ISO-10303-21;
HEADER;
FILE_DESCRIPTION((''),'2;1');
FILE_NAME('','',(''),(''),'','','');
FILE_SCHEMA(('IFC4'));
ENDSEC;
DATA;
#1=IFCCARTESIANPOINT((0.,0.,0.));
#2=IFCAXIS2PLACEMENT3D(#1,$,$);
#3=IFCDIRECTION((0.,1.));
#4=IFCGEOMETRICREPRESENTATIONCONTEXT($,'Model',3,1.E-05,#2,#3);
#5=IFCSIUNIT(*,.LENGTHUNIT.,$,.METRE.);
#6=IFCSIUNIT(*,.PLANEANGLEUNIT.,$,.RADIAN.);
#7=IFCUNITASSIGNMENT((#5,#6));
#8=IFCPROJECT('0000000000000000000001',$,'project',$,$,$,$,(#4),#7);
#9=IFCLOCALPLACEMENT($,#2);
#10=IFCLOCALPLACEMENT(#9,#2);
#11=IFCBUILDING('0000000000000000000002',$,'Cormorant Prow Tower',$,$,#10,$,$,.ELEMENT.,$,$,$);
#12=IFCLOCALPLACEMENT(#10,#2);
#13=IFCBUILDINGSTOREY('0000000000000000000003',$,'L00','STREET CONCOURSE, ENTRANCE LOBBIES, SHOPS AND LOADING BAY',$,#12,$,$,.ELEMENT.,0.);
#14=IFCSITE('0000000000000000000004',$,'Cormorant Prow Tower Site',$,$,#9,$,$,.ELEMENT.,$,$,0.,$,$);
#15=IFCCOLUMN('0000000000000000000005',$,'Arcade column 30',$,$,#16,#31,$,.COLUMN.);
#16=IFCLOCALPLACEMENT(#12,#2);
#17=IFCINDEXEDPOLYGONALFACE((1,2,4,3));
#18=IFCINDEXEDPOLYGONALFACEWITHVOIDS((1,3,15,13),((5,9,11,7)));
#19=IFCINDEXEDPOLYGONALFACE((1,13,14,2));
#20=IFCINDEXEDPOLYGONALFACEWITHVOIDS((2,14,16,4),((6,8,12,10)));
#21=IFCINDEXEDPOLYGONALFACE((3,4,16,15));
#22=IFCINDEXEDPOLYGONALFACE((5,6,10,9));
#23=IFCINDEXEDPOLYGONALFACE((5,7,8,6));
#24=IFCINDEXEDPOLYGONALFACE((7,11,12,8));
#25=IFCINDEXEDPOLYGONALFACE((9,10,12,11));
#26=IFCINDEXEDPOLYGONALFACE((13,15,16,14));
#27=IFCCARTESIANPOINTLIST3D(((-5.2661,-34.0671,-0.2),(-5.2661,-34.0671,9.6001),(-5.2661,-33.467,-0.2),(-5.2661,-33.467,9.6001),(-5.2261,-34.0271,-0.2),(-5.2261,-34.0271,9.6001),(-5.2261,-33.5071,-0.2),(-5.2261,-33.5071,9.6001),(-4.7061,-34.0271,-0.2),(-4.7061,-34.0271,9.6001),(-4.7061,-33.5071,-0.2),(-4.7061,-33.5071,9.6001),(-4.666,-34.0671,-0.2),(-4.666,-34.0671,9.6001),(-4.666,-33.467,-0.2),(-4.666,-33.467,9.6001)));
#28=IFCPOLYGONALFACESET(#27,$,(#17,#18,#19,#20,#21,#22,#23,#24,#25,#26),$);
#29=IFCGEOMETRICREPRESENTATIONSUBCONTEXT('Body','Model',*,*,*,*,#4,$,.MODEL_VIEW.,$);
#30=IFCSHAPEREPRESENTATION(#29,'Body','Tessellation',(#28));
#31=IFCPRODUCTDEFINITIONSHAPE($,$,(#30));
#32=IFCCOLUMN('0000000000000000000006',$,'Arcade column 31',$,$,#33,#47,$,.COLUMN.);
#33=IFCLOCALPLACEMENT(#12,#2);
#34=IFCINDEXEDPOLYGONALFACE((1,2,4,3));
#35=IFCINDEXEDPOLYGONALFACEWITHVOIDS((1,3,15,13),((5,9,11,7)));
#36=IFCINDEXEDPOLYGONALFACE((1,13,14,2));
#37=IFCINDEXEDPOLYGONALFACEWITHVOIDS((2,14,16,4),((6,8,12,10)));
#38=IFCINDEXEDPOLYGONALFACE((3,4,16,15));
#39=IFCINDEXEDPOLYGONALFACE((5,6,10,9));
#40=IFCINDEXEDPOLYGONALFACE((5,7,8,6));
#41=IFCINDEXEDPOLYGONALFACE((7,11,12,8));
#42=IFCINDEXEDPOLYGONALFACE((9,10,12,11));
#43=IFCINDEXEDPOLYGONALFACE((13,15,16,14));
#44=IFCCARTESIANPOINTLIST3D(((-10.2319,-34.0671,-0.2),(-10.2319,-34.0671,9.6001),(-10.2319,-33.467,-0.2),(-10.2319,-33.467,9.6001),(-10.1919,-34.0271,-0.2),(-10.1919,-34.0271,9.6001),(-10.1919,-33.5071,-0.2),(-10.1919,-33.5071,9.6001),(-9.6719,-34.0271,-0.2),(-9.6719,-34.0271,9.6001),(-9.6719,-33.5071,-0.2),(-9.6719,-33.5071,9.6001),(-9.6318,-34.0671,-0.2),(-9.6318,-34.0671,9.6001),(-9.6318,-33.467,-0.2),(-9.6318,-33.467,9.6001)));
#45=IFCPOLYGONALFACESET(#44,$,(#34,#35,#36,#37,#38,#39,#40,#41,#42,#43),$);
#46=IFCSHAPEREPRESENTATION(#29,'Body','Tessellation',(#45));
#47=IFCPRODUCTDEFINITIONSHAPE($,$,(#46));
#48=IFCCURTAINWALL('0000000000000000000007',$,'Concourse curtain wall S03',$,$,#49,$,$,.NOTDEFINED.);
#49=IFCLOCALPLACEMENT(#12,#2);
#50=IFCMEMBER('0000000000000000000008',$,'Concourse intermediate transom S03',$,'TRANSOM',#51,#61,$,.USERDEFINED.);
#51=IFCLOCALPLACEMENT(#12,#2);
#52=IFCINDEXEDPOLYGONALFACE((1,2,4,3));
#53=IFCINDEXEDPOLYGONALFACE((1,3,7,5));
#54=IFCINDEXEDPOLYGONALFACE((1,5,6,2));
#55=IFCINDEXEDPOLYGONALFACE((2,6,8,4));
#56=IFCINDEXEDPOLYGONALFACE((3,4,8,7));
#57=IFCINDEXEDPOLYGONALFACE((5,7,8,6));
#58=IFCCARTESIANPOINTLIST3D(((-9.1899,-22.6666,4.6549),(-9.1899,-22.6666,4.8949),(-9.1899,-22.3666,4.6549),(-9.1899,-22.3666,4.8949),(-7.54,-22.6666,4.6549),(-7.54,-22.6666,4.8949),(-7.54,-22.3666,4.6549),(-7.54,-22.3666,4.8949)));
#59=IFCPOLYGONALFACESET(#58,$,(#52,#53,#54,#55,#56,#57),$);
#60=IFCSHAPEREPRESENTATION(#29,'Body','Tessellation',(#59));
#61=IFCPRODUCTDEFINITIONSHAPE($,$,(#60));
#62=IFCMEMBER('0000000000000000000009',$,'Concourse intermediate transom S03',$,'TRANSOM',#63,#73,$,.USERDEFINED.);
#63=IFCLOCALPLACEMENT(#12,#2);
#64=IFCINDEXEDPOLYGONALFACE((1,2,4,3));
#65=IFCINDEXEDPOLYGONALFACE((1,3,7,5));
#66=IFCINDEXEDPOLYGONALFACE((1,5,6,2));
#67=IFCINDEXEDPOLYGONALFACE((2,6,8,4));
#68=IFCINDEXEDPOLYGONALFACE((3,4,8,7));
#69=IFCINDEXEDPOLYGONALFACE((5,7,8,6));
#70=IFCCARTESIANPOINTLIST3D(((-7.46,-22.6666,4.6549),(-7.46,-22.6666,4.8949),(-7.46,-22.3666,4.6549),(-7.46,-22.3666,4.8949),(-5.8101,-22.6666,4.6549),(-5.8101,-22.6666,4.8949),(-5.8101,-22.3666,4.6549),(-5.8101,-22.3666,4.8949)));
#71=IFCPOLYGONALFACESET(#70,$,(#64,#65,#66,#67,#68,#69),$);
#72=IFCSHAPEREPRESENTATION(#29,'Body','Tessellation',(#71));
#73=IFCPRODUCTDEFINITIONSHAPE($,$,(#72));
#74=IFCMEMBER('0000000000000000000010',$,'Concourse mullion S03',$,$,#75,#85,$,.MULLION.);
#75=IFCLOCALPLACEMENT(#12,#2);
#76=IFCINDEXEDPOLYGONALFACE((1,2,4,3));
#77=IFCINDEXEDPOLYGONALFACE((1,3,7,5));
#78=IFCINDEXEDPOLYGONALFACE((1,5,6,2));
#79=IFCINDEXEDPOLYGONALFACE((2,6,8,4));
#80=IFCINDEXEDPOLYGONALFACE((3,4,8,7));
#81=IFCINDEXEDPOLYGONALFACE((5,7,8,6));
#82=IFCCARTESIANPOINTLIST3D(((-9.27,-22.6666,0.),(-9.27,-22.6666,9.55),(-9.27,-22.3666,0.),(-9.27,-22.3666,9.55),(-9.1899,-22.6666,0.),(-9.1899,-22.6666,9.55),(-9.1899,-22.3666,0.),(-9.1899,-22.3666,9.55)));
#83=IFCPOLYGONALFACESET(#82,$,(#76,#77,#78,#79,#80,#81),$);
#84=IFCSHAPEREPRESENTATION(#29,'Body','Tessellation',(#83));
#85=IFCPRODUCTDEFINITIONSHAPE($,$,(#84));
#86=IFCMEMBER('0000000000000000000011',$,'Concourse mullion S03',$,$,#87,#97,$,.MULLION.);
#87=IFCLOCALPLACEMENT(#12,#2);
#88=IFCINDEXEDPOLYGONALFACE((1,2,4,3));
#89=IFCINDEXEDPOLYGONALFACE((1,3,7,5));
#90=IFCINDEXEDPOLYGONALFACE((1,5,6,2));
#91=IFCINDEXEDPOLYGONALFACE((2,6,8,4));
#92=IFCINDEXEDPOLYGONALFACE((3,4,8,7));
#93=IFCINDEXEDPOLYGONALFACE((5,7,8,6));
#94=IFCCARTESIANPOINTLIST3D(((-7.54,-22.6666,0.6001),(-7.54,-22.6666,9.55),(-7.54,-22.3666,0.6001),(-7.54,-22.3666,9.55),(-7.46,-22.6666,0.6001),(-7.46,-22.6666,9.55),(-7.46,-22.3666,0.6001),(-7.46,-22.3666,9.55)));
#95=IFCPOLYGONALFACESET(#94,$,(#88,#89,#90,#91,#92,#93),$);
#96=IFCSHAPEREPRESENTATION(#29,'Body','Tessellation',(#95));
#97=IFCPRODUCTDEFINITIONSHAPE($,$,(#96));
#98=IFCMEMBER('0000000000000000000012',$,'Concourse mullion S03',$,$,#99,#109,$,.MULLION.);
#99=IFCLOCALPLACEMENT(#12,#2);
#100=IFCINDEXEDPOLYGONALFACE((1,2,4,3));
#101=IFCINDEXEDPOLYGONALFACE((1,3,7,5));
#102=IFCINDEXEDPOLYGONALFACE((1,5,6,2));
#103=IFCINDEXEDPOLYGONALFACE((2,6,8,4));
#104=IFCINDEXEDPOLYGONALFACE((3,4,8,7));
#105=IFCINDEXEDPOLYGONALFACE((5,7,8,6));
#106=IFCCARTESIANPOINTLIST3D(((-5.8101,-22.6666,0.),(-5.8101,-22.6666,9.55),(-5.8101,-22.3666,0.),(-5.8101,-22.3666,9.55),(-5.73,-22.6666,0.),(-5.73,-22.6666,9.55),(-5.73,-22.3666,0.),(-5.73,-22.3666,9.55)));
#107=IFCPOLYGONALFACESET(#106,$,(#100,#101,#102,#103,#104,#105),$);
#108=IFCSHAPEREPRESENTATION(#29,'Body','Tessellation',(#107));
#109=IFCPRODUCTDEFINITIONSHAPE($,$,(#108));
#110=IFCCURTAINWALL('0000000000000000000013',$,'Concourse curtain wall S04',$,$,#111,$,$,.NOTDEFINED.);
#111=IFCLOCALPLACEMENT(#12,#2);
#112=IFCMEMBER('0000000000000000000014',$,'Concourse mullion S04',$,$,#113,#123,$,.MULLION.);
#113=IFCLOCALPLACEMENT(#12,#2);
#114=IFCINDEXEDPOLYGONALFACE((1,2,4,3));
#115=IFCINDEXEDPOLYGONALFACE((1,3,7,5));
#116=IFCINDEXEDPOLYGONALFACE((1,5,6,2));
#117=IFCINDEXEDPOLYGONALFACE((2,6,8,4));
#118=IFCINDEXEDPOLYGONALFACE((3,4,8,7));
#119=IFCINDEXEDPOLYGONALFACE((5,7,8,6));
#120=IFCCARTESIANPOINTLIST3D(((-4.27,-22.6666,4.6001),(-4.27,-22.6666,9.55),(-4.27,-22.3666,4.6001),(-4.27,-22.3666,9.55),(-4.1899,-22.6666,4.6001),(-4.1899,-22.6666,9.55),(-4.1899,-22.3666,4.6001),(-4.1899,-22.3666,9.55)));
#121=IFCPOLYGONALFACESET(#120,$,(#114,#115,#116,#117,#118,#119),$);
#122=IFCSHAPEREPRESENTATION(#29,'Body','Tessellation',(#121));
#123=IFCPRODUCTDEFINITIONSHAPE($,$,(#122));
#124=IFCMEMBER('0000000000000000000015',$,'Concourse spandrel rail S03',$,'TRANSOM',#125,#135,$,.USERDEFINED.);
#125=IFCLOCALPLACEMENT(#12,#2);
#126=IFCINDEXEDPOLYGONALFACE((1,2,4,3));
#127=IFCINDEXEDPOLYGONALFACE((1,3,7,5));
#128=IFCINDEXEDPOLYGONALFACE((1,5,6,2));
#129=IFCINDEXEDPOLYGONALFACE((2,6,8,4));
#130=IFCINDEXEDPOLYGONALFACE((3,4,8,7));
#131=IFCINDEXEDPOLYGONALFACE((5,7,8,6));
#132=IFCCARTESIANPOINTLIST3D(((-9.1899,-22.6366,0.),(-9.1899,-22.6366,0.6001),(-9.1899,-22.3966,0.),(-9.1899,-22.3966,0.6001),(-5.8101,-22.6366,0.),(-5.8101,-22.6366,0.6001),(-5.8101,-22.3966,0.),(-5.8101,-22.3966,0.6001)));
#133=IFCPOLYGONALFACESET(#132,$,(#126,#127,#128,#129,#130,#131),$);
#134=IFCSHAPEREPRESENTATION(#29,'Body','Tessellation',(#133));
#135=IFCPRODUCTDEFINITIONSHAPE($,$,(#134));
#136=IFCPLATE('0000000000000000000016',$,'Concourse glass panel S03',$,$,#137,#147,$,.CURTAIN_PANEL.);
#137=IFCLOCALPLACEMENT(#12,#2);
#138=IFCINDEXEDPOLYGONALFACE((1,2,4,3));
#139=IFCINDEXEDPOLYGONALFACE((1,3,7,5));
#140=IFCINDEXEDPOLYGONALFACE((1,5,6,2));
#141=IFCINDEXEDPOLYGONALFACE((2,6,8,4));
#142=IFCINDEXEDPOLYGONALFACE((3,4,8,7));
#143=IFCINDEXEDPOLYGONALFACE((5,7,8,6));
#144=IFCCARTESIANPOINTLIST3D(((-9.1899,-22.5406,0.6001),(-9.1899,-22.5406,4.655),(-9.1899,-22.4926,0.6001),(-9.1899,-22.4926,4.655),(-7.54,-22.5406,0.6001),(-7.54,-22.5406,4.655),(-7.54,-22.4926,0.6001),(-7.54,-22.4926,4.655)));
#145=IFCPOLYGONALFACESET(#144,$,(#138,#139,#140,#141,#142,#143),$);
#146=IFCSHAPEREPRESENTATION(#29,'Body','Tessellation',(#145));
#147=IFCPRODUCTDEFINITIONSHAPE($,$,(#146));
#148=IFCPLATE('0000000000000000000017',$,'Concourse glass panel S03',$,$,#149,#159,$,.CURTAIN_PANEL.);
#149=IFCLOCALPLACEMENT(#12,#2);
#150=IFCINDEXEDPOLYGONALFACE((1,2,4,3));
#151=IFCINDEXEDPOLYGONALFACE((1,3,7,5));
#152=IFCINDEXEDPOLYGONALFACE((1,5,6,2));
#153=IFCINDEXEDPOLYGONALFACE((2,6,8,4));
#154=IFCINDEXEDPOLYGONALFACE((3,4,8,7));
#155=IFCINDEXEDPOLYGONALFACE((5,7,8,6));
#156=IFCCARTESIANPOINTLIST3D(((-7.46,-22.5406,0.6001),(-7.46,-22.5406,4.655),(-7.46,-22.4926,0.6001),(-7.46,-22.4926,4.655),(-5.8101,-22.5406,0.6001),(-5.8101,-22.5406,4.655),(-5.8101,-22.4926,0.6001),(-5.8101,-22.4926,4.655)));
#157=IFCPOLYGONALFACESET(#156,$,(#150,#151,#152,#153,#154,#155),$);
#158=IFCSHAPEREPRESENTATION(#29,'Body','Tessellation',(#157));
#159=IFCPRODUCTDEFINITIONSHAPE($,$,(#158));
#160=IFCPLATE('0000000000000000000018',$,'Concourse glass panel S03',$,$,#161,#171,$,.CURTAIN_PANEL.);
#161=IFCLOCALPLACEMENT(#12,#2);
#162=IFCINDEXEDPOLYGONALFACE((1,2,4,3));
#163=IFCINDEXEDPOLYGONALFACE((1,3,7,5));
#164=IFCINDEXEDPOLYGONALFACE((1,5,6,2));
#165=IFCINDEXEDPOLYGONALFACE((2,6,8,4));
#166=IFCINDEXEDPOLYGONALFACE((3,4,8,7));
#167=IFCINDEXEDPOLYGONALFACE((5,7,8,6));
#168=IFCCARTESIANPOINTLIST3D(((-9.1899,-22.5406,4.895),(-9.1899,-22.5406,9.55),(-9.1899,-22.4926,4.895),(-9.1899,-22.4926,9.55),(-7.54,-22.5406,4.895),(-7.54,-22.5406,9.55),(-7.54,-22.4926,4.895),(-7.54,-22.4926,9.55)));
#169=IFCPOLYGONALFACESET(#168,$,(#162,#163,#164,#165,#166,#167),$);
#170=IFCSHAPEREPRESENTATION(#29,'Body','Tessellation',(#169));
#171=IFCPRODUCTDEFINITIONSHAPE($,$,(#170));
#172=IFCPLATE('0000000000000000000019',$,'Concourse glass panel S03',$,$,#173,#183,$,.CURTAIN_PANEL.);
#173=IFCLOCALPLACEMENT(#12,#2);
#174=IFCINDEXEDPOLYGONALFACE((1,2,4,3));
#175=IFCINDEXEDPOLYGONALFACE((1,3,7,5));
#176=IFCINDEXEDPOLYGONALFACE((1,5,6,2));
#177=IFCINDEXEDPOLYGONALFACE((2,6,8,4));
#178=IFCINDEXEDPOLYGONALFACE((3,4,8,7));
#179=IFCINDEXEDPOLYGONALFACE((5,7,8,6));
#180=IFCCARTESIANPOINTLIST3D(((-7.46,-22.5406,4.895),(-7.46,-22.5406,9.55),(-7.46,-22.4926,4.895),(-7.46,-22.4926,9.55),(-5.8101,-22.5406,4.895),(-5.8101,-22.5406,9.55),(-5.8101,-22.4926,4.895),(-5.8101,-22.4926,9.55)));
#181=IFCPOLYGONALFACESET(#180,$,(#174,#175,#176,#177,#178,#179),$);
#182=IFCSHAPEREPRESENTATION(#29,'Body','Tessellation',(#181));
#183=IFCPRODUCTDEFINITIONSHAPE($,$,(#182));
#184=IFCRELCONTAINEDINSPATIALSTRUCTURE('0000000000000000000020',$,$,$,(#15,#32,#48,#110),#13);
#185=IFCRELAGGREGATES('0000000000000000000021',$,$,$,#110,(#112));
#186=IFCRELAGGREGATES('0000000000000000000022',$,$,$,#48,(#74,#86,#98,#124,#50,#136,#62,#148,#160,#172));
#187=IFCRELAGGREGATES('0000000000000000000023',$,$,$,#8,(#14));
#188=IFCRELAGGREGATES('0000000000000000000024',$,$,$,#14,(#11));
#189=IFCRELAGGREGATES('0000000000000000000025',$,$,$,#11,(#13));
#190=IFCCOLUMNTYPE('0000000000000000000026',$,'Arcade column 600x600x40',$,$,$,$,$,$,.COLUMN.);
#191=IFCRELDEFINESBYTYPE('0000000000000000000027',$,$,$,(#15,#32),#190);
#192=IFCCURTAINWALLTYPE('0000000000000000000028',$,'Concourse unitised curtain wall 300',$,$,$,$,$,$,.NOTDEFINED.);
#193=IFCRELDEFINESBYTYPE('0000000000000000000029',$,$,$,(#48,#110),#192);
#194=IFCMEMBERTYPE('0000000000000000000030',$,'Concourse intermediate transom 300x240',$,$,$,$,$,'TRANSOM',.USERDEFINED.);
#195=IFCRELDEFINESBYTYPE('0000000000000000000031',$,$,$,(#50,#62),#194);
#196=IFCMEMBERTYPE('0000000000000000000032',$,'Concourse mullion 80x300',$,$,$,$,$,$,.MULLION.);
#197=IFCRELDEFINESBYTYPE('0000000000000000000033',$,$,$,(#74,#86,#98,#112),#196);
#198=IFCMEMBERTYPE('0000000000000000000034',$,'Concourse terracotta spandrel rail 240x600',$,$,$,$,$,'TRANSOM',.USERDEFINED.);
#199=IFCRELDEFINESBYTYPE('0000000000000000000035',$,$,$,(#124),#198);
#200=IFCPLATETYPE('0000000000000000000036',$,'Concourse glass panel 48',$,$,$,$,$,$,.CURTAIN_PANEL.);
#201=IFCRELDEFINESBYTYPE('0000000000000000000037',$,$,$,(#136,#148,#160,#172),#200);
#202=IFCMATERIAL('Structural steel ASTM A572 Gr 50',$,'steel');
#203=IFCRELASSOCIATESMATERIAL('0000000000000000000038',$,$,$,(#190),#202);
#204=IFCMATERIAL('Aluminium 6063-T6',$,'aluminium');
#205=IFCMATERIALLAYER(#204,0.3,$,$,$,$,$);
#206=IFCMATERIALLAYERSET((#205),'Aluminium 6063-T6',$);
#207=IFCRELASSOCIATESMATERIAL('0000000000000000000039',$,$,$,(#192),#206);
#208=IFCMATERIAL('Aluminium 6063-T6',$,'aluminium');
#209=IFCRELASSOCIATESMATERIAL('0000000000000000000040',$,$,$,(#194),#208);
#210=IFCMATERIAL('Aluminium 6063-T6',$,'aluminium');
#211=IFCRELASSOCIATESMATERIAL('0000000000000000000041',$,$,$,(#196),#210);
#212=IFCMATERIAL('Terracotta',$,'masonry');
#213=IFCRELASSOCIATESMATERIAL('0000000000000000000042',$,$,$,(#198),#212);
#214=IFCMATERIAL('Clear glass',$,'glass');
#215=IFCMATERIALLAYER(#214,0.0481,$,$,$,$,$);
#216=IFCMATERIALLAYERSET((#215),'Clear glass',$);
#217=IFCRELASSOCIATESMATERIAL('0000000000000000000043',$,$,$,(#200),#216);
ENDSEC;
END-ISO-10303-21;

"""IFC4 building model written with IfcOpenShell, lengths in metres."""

from ifc_helpers import new_model, si_unit, direction, frame, origin, origin_2d, place, context, subcontext, project, spatial, rectangle, hollow_rectangle, extrude, material, layer, layer_set, material_profile, profile_set, type_object, element, aggregate, save


model = new_model("IFC4")

# Units and contexts
model_context = context("Model", 3, precision=1e-05, world=origin(), true_north=direction((0.0, 1.0)))
body_context = subcontext(model_context, "Body", "Model", "MODEL_VIEW")
ifc_project = project(units=[si_unit("LENGTHUNIT", "METRE"), si_unit("PLANEANGLEUNIT", "RADIAN")], contexts=[model_context])

# Site, building, storey
site_placement = place(None, origin())
site = spatial("IfcSite", under=ifc_project, at=site_placement, Name="Cormorant Prow Tower Site", CompositionType="ELEMENT", RefElevation=0.0)
building_placement = place(site_placement, origin())
building = spatial("IfcBuilding", under=site, at=building_placement, Name="Cormorant Prow Tower", CompositionType="ELEMENT")
storey_placement = place(building_placement, origin())
storey = spatial("IfcBuildingStorey", under=building, at=storey_placement, Name="L00", Description="STREET CONCOURSE, ENTRANCE LOBBIES, SHOPS AND LOADING BAY", CompositionType="ELEMENT", Elevation=0.0)

# Columns
ifc_material_1 = material(Name="Structural steel ASTM A572 Gr 50", Category="steel")
ifc_material_profile_1 = material_profile(ifc_material_1, hollow_rectangle(XDim=0.6001, YDim=0.6001, WallThickness=0.04, at=origin_2d()), Name="Box 600x600x40")
ifc_profile_set_1 = profile_set([ifc_material_profile_1], Name="Structural steel ASTM A572 Gr 50")
column_type = type_object("IfcColumnType", Name="Arcade column 600x600x40", PredefinedType="COLUMN", material=ifc_profile_set_1)
for number, where, z_axis, x_axis, name in (
    (1, (-4.9661, -33.7671, -0.2), (0.0, 0.0, 1.0), (1.0, 0.0, 0.0), "Arcade column 30"),
    (2, (-9.9319, -33.7671, -0.2), (0.0, 0.0, 1.0), (1.0, 0.0, 0.0), "Arcade column 31"),
):
    element("IfcColumn", number, at=place(storey_placement, frame(where, z_axis=z_axis, x_axis=x_axis)), inside=storey, type_object=column_type, Name=name, PredefinedType="COLUMN", context=body_context, shape_type="SweptSolid", body=[
        extrude(hollow_rectangle(XDim=0.6001, YDim=0.6001, WallThickness=0.04, at=origin_2d()), origin(), (0.0, 0.0, 1.0), 9.8),
    ])

# Curtain wall, members
ifc_material_2 = material(Name="Aluminium 6063-T6", Category="aluminium")
ifc_layer_1 = layer(ifc_material_2, 0.3)
ifc_layer_set_1 = layer_set([ifc_layer_1], Name="Aluminium 6063-T6")
curtain_wall_type = type_object("IfcCurtainWallType", Name="Concourse unitised curtain wall 300", PredefinedType="NOTDEFINED", material=ifc_layer_set_1)
curtain_wall_1_placement = place(storey_placement, origin())
curtain_wall_1 = element("IfcCurtainWall", 3, at=curtain_wall_1_placement, inside=storey, type_object=curtain_wall_type, Name="Concourse curtain wall S03", PredefinedType="NOTDEFINED")
ifc_material_3 = material(Name="Aluminium 6063-T6", Category="aluminium")
ifc_material_profile_2 = material_profile(ifc_material_3, rectangle(XDim=0.3, YDim=0.24, at=origin_2d()), Name="Concourse intermediate transom 300x240")
ifc_profile_set_2 = profile_set([ifc_material_profile_2], Name="Aluminium 6063-T6")
member_type_1 = type_object("IfcMemberType", Name="Concourse intermediate transom 300x240", ElementType="TRANSOM", PredefinedType="USERDEFINED", material=ifc_profile_set_2)
member_1_placement = place(storey_placement, frame((-9.1899, -22.5166, 4.7749), z_axis=(1.0, 0.0, 0.0), x_axis=(0.0, 1.0, 0.0)))
member_1 = element("IfcMember", 4, at=member_1_placement, type_object=member_type_1, Name="Concourse intermediate transom S03", ObjectType="TRANSOM", PredefinedType="USERDEFINED", context=body_context, shape_type="SweptSolid", body=[
    extrude(rectangle(XDim=0.3, YDim=0.24, at=origin_2d()), origin(), (0.0, 0.0, 1.0), 1.6499),
])
member_2_placement = place(storey_placement, frame((-7.46, -22.5166, 4.7749), z_axis=(1.0, 0.0, 0.0), x_axis=(0.0, 1.0, 0.0)))
member_2 = element("IfcMember", 5, at=member_2_placement, type_object=member_type_1, Name="Concourse intermediate transom S03", ObjectType="TRANSOM", PredefinedType="USERDEFINED", context=body_context, shape_type="SweptSolid", body=[
    extrude(rectangle(XDim=0.3, YDim=0.24, at=origin_2d()), origin(), (0.0, 0.0, 1.0), 1.6499),
])
ifc_material_4 = material(Name="Aluminium 6063-T6", Category="aluminium")
ifc_material_profile_3 = material_profile(ifc_material_4, rectangle(XDim=0.3, YDim=0.0801, at=origin_2d()), Name="Concourse mullion 80x300")
ifc_profile_set_3 = profile_set([ifc_material_profile_3], Name="Aluminium 6063-T6")
member_type_2 = type_object("IfcMemberType", Name="Concourse mullion 80x300", PredefinedType="MULLION", material=ifc_profile_set_3)
member_3_placement = place(storey_placement, frame((-9.23, -22.5166, 0.0), z_axis=(0.0, 0.0, 1.0), x_axis=(0.0, 1.0, 0.0)))
member_3 = element("IfcMember", 6, at=member_3_placement, type_object=member_type_2, Name="Concourse mullion S03", PredefinedType="MULLION", context=body_context, shape_type="SweptSolid", body=[
    extrude(rectangle(XDim=0.3, YDim=0.0801, at=origin_2d()), origin(), (0.0, 0.0, 1.0), 9.55),
])
member_4_placement = place(storey_placement, frame((-7.5, -22.5166, 0.6001), z_axis=(0.0, 0.0, 1.0), x_axis=(0.0, 1.0, 0.0)))
member_4 = element("IfcMember", 7, at=member_4_placement, type_object=member_type_2, Name="Concourse mullion S03", PredefinedType="MULLION", context=body_context, shape_type="SweptSolid", body=[
    extrude(rectangle(XDim=0.3, YDim=0.0801, at=origin_2d()), origin(), (0.0, 0.0, 1.0), 8.95),
])
member_5_placement = place(storey_placement, frame((-5.77, -22.5166, 0.0), z_axis=(0.0, 0.0, 1.0), x_axis=(0.0, 1.0, 0.0)))
member_5 = element("IfcMember", 8, at=member_5_placement, type_object=member_type_2, Name="Concourse mullion S03", PredefinedType="MULLION", context=body_context, shape_type="SweptSolid", body=[
    extrude(rectangle(XDim=0.3, YDim=0.0801, at=origin_2d()), origin(), (0.0, 0.0, 1.0), 9.55),
])

# Curtain wall, member
curtain_wall_2_placement = place(storey_placement, origin())
curtain_wall_2 = element("IfcCurtainWall", 9, at=curtain_wall_2_placement, inside=storey, type_object=curtain_wall_type, Name="Concourse curtain wall S04", PredefinedType="NOTDEFINED")
member_6_placement = place(storey_placement, frame((-4.23, -22.5166, 4.6001), z_axis=(0.0, 0.0, 1.0), x_axis=(0.0, 1.0, 0.0)))
member_6 = element("IfcMember", 10, at=member_6_placement, type_object=member_type_2, Name="Concourse mullion S04", PredefinedType="MULLION", context=body_context, shape_type="SweptSolid", body=[
    extrude(rectangle(XDim=0.3, YDim=0.0801, at=origin_2d()), origin(), (0.0, 0.0, 1.0), 4.95),
])
aggregate(curtain_wall_2, [member_6])

# Member
ifc_material_5 = material(Name="Terracotta", Category="masonry")
ifc_material_profile_4 = material_profile(ifc_material_5, rectangle(XDim=0.24, YDim=0.6001, at=origin_2d()), Name="Concourse terracotta spandrel rail 240x600")
ifc_profile_set_4 = profile_set([ifc_material_profile_4], Name="Terracotta")
member_type_3 = type_object("IfcMemberType", Name="Concourse terracotta spandrel rail 240x600", ElementType="TRANSOM", PredefinedType="USERDEFINED", material=ifc_profile_set_4)
member_7_placement = place(storey_placement, frame((-9.1899, -22.5166, 0.3), z_axis=(1.0, 0.0, 0.0), x_axis=(0.0, 1.0, 0.0)))
member_7 = element("IfcMember", 11, at=member_7_placement, type_object=member_type_3, Name="Concourse spandrel rail S03", ObjectType="TRANSOM", PredefinedType="USERDEFINED", context=body_context, shape_type="SweptSolid", body=[
    extrude(rectangle(XDim=0.24, YDim=0.6001, at=origin_2d()), origin(), (0.0, 0.0, 1.0), 3.3799),
])

# Plates
ifc_material_6 = material(Name="Clear glass", Category="glass")
ifc_layer_2 = layer(ifc_material_6, 0.0481)
ifc_layer_set_2 = layer_set([ifc_layer_2], Name="Clear glass")
plate_type = type_object("IfcPlateType", Name="Concourse glass panel 48", PredefinedType="CURTAIN_PANEL", material=ifc_layer_set_2)
plate_1_placement = place(storey_placement, frame((-8.365, -22.5166, 0.6001), z_axis=(0.0, 0.0, 1.0), x_axis=(1.0, 0.0, 0.0)))
plate_1 = element("IfcPlate", 12, at=plate_1_placement, type_object=plate_type, Name="Concourse glass panel S03", PredefinedType="CURTAIN_PANEL", context=body_context, shape_type="SweptSolid", body=[
    extrude(rectangle(XDim=1.6499, YDim=0.0481, at=origin_2d()), origin(), (0.0, 0.0, 1.0), 4.0549),
])
plate_2_placement = place(storey_placement, frame((-6.635, -22.5166, 0.6001), z_axis=(0.0, 0.0, 1.0), x_axis=(1.0, 0.0, 0.0)))
plate_2 = element("IfcPlate", 13, at=plate_2_placement, type_object=plate_type, Name="Concourse glass panel S03", PredefinedType="CURTAIN_PANEL", context=body_context, shape_type="SweptSolid", body=[
    extrude(rectangle(XDim=1.6499, YDim=0.0481, at=origin_2d()), origin(), (0.0, 0.0, 1.0), 4.0549),
])
plate_3_placement = place(storey_placement, frame((-8.365, -22.5166, 4.895), z_axis=(0.0, 0.0, 1.0), x_axis=(1.0, 0.0, 0.0)))
plate_3 = element("IfcPlate", 14, at=plate_3_placement, type_object=plate_type, Name="Concourse glass panel S03", PredefinedType="CURTAIN_PANEL", context=body_context, shape_type="SweptSolid", body=[
    extrude(rectangle(XDim=1.6499, YDim=0.0481, at=origin_2d()), origin(), (0.0, 0.0, 1.0), 4.655),
])
plate_4_placement = place(storey_placement, frame((-6.635, -22.5166, 4.895), z_axis=(0.0, 0.0, 1.0), x_axis=(1.0, 0.0, 0.0)))
plate_4 = element("IfcPlate", 15, at=plate_4_placement, type_object=plate_type, Name="Concourse glass panel S03", PredefinedType="CURTAIN_PANEL", context=body_context, shape_type="SweptSolid", body=[
    extrude(rectangle(XDim=1.6499, YDim=0.0481, at=origin_2d()), origin(), (0.0, 0.0, 1.0), 4.655),
])
aggregate(curtain_wall_1, [member_3, member_4, member_5, member_7, member_1, plate_1, member_2, plate_2, plate_3, plate_4])

save(model, "model.ifc")
